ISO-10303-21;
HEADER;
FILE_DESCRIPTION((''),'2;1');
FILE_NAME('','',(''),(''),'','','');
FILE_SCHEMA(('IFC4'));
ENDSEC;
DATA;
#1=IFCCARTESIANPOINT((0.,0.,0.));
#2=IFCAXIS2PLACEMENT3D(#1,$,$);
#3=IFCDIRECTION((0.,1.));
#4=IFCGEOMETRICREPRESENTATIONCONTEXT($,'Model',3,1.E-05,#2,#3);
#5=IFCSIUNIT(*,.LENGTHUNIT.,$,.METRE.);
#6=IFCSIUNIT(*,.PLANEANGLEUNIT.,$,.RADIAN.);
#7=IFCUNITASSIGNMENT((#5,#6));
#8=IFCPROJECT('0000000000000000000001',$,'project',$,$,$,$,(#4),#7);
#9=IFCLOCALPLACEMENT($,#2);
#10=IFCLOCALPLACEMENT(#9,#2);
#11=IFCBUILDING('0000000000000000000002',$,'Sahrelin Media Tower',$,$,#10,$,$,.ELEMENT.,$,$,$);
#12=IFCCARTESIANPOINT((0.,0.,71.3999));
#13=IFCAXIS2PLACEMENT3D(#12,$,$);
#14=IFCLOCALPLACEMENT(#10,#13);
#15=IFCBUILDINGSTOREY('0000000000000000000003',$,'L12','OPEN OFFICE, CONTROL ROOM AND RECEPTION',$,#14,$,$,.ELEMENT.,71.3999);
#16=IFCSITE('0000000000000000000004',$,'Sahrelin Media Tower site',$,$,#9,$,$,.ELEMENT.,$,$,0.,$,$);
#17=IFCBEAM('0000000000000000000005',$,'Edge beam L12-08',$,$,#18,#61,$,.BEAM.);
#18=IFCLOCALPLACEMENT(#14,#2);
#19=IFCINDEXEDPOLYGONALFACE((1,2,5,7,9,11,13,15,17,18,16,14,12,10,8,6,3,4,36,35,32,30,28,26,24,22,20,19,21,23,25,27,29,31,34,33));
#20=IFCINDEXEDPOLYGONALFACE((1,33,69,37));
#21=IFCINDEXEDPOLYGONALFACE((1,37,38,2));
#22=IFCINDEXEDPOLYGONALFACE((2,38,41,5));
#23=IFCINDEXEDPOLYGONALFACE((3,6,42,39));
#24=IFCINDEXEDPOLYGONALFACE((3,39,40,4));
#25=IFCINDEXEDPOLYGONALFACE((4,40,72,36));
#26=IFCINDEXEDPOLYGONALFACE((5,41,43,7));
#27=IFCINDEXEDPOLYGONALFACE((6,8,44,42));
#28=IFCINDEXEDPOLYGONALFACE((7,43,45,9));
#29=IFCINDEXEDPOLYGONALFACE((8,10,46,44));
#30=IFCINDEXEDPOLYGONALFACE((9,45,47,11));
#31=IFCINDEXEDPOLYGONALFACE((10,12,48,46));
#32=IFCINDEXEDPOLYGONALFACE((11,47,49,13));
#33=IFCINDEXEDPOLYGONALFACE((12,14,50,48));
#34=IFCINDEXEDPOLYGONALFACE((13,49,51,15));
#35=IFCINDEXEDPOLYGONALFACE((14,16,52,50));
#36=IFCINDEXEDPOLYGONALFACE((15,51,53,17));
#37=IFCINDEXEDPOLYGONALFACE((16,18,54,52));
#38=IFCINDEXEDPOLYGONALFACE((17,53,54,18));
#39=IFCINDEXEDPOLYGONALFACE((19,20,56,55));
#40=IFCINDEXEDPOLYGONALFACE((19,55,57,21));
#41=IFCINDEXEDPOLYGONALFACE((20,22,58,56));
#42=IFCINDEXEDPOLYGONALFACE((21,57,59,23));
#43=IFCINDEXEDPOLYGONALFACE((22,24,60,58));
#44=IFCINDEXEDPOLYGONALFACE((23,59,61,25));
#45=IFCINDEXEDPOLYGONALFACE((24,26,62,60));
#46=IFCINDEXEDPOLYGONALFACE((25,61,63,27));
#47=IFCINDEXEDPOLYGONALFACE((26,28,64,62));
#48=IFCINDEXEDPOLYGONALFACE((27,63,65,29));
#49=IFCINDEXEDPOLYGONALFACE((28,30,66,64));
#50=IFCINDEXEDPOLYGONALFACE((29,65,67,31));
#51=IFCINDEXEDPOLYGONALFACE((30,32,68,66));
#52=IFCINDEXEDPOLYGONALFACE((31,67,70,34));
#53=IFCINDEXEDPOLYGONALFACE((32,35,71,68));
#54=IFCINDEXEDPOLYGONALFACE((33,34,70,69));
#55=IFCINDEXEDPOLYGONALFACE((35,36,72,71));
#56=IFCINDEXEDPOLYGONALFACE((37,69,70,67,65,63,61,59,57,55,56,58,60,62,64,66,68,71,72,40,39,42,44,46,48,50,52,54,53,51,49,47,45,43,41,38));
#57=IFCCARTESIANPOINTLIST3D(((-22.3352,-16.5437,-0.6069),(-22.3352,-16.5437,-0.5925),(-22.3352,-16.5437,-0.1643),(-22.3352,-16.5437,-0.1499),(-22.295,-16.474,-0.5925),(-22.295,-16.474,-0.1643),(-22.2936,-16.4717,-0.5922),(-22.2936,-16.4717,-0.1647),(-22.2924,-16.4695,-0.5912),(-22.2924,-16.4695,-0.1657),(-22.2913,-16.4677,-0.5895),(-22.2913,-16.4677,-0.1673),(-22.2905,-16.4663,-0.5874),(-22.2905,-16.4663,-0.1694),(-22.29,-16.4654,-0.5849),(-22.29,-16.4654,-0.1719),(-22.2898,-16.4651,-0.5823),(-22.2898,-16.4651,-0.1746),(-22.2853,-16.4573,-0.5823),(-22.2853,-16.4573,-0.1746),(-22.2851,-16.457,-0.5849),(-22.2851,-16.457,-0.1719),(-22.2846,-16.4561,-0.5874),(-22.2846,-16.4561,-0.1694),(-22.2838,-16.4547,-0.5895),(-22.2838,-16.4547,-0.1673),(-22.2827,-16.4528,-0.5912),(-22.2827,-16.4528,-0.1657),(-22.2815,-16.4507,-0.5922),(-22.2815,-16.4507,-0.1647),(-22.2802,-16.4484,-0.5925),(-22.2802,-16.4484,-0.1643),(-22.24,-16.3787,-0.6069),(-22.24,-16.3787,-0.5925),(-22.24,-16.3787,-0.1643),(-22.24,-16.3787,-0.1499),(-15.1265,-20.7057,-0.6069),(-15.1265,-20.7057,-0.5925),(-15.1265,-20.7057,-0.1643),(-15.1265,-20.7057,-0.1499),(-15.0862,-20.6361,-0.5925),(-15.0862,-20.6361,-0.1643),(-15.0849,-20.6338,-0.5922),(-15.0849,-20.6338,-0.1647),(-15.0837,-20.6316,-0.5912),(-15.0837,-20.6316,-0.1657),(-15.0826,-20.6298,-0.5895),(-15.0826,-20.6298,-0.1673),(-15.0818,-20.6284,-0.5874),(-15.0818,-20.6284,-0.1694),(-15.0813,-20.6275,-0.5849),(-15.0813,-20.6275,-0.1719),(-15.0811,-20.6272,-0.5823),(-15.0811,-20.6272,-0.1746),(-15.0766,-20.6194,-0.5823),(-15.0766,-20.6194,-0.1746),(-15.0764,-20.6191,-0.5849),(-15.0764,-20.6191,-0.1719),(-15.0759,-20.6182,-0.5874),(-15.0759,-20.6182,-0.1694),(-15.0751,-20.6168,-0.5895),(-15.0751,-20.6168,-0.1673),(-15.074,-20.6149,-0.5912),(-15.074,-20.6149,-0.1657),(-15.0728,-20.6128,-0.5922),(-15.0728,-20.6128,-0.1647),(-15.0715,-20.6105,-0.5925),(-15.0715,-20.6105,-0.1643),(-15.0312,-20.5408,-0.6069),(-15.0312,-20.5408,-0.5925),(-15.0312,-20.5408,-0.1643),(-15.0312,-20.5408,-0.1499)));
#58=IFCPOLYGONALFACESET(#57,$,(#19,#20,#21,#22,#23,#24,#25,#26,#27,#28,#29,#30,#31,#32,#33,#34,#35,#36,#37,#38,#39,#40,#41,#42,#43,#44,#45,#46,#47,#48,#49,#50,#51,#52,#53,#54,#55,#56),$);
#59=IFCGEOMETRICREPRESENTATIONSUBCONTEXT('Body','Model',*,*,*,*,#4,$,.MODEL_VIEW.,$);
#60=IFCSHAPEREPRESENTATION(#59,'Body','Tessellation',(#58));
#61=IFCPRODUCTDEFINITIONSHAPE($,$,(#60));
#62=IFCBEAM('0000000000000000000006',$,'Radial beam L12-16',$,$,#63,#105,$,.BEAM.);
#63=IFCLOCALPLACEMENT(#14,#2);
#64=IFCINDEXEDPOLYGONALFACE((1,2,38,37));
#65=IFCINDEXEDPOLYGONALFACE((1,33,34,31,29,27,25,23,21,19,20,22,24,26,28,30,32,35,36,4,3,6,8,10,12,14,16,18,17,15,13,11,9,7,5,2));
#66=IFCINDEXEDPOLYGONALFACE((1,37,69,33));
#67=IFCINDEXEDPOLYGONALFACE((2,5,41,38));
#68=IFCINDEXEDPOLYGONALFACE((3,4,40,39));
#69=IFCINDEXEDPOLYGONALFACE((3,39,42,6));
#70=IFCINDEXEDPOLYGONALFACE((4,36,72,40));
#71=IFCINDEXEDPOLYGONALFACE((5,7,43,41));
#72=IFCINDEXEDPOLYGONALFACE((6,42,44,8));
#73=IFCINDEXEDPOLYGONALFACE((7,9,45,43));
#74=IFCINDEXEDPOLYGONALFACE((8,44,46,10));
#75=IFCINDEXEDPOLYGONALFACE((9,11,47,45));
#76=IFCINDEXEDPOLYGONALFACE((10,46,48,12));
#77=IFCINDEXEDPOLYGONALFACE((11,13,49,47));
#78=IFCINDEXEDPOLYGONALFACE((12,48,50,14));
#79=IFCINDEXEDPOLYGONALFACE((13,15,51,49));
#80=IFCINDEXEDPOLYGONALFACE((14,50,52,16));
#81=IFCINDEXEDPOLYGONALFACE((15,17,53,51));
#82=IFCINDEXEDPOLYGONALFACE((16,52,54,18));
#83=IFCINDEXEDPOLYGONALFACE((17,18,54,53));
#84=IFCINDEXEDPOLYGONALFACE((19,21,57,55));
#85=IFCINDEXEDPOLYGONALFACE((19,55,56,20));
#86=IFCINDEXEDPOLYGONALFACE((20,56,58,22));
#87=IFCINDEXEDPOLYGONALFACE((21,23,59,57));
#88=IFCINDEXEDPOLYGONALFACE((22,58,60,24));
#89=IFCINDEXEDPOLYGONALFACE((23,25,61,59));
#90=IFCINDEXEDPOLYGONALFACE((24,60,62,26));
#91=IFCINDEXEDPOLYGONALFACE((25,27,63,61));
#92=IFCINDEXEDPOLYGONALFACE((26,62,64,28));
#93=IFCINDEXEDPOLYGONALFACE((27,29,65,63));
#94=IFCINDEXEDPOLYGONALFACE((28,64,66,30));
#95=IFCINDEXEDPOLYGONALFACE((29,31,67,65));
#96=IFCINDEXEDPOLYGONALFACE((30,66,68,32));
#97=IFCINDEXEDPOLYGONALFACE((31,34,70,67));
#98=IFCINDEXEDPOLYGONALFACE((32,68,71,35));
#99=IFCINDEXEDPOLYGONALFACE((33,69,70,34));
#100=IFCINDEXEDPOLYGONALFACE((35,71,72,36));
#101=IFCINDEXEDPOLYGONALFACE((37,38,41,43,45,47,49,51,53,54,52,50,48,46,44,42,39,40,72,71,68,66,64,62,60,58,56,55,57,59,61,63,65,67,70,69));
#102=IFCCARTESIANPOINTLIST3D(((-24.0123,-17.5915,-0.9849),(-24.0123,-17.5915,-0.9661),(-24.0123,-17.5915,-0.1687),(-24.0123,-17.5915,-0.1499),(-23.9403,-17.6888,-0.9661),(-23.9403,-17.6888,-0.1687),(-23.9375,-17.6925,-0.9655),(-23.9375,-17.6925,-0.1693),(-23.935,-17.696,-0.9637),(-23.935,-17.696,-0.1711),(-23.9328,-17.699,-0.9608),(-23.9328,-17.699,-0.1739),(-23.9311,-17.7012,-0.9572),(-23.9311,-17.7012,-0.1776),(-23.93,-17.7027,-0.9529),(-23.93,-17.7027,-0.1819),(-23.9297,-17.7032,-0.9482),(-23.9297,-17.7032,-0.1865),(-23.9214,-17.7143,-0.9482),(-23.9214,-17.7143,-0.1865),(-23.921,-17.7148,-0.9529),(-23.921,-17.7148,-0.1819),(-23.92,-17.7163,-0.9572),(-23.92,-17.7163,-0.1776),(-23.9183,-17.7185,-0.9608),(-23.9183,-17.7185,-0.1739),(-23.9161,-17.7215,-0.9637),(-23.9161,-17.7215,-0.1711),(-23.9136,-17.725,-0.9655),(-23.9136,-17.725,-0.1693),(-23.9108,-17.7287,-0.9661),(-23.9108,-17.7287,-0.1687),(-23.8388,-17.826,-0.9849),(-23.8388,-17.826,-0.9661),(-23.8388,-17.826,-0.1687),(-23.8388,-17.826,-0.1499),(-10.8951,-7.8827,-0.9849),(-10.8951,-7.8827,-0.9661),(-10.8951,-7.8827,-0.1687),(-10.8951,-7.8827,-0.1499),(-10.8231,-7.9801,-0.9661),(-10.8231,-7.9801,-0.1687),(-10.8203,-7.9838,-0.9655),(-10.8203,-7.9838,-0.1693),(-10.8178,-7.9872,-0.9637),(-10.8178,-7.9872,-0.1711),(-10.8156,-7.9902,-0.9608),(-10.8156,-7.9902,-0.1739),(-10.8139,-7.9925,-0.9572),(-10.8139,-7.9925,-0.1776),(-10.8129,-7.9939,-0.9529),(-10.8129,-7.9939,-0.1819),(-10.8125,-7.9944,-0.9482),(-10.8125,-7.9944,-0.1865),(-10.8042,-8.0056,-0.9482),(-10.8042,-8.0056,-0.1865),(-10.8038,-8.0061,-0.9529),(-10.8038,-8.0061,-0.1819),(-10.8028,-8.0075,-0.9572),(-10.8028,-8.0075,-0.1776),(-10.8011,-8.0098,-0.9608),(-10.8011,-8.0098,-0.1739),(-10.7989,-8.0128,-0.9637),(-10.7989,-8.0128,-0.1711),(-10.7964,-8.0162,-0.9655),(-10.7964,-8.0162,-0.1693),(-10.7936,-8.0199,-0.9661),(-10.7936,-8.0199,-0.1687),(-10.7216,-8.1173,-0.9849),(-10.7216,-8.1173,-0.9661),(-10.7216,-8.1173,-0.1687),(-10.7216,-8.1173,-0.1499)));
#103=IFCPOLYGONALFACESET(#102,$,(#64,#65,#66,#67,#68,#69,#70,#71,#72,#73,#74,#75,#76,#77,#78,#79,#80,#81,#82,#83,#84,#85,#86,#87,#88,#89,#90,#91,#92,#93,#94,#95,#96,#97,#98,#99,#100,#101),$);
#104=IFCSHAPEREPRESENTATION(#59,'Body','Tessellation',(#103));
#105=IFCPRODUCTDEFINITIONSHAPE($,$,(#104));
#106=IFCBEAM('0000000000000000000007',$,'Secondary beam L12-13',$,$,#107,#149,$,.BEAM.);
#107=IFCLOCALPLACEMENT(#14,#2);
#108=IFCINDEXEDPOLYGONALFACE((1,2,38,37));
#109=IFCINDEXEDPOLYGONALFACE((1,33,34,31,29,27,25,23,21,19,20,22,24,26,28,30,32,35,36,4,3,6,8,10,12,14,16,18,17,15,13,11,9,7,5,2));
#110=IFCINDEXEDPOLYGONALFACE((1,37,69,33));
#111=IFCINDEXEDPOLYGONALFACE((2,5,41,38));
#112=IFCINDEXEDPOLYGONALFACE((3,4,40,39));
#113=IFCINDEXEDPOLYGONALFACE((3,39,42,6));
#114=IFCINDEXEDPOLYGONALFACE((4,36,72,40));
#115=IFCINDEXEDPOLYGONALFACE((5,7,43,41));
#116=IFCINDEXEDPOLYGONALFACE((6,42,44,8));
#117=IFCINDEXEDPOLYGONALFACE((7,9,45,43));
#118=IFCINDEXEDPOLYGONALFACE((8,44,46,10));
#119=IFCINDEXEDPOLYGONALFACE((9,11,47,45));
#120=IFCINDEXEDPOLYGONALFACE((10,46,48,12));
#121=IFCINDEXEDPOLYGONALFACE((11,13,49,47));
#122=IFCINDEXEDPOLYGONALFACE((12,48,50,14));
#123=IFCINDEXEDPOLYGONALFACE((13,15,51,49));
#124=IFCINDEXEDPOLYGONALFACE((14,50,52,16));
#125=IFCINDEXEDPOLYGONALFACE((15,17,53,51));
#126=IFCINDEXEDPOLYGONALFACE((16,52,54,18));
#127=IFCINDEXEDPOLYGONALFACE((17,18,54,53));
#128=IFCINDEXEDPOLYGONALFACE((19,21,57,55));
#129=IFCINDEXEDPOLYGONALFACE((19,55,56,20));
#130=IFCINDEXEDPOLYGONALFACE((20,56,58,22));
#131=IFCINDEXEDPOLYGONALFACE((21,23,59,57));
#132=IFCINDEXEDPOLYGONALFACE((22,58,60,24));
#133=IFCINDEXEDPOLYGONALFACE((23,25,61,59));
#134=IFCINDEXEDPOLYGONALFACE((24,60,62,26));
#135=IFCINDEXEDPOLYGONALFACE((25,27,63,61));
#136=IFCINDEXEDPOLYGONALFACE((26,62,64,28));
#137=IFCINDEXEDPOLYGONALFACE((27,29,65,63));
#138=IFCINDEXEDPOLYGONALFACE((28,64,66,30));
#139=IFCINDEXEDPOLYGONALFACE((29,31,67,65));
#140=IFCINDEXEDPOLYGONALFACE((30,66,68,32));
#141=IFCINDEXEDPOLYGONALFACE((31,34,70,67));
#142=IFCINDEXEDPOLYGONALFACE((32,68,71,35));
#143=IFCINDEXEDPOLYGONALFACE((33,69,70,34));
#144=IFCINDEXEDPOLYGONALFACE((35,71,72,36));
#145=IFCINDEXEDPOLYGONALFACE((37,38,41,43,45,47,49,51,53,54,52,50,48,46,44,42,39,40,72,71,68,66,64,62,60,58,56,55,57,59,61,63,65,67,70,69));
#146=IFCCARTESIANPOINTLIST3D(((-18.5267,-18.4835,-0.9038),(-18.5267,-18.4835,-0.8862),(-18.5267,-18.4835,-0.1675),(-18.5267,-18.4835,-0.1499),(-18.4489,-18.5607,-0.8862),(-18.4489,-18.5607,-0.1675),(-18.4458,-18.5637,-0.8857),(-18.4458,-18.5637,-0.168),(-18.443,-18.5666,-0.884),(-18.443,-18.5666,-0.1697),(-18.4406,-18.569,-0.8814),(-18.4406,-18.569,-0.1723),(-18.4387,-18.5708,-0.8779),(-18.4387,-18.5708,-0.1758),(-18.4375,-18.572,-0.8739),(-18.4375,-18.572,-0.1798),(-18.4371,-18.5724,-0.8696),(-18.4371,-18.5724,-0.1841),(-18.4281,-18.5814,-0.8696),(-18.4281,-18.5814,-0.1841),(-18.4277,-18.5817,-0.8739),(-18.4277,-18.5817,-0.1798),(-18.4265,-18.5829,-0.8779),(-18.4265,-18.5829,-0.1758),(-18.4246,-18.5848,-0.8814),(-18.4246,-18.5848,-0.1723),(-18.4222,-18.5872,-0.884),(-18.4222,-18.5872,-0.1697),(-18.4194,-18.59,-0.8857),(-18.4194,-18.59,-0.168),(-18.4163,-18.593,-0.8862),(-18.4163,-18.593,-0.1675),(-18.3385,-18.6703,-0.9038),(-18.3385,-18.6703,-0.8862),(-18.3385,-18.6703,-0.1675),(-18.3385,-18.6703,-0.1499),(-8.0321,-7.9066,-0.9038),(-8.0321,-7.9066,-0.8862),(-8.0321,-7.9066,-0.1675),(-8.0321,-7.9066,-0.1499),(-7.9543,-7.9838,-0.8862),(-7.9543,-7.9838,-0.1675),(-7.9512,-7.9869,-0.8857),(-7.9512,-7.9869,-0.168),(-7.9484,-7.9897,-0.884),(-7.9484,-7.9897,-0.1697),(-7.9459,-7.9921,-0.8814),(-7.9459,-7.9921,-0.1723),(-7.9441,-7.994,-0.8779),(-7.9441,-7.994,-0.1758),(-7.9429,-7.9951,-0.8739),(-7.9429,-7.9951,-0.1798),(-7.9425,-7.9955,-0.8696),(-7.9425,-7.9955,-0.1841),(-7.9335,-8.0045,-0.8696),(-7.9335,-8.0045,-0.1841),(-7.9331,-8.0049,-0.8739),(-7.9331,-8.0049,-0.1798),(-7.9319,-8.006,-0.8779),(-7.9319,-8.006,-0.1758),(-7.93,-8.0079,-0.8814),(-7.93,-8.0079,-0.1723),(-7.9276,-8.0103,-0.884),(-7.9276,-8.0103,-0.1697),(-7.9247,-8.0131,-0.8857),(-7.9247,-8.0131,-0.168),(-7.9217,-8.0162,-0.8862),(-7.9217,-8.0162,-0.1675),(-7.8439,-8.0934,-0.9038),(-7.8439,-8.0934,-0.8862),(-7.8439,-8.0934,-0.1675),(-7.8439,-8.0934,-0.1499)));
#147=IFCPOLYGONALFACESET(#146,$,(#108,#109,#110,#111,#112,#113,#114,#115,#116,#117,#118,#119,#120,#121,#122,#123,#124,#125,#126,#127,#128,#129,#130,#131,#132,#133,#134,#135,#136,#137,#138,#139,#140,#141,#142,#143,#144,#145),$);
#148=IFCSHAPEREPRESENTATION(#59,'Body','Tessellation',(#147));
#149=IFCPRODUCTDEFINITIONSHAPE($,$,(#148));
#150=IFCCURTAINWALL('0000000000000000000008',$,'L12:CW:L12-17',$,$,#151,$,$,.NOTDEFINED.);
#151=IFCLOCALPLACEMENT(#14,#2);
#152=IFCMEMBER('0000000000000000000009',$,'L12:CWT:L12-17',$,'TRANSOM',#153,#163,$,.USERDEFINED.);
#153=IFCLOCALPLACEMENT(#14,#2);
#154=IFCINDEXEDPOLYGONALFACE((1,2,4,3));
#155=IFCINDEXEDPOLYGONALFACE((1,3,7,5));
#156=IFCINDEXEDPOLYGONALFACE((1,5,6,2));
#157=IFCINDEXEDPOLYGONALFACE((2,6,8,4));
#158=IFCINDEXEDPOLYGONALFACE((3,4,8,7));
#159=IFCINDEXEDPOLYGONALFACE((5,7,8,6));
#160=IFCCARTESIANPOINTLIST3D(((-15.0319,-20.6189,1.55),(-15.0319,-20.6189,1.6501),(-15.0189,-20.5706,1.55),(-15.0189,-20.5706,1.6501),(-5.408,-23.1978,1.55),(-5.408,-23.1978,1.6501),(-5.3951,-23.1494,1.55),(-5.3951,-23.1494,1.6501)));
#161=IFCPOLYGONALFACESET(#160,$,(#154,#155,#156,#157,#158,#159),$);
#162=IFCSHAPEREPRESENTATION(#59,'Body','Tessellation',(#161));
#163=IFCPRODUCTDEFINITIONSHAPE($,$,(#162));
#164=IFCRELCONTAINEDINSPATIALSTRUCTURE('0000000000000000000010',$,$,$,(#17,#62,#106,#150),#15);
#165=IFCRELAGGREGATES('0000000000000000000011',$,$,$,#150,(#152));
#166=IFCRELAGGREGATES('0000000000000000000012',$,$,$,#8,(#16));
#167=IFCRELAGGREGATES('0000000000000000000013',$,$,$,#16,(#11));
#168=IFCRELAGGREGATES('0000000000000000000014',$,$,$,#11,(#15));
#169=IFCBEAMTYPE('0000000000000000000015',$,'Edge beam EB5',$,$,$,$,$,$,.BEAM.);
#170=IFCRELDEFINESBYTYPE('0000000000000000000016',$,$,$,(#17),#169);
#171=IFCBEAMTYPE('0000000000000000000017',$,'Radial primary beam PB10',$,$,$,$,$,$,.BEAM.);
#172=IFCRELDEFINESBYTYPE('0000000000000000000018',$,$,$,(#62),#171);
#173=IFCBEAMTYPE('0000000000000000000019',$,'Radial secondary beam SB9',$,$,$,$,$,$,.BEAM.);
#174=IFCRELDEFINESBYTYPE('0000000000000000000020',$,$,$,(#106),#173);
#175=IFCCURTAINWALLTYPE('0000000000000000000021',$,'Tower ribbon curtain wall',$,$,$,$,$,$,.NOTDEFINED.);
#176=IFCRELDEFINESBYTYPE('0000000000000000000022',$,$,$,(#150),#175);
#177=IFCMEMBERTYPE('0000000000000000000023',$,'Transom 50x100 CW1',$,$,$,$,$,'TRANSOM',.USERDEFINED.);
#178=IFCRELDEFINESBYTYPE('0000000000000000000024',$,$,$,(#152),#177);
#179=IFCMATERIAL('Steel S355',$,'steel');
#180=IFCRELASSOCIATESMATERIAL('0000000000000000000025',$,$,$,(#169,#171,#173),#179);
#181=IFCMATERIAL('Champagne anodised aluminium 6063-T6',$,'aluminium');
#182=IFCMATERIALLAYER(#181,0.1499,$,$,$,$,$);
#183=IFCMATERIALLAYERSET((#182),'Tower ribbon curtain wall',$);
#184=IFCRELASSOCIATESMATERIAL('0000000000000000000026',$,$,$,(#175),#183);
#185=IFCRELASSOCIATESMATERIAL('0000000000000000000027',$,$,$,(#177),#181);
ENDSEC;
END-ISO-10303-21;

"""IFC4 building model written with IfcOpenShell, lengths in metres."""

from ifc_helpers import new_model, si_unit, direction, frame, origin, origin_2d, place, context, subcontext, project, spatial, rectangle, i_section, extrude, material, layer, layer_set, material_profile, profile_set, type_object, element, aggregate, save


model = new_model("IFC4")

# Units and contexts
model_context = context("Model", 3, precision=1e-05, world=origin(), true_north=direction((0.0, 1.0)))
body_context = subcontext(model_context, "Body", "Model", "MODEL_VIEW")
ifc_project = project(units=[si_unit("LENGTHUNIT", "METRE"), si_unit("PLANEANGLEUNIT", "RADIAN")], contexts=[model_context])

# Site, building, storey
site_placement = place(None, origin())
site = spatial("IfcSite", under=ifc_project, at=site_placement, Name="Sahrelin Media Tower site", CompositionType="ELEMENT", RefElevation=0.0)
building_placement = place(site_placement, origin())
building = spatial("IfcBuilding", under=site, at=building_placement, Name="Sahrelin Media Tower", CompositionType="ELEMENT")
storey_placement = place(building_placement, frame((0.0, 0.0, 71.3999)))
storey = spatial("IfcBuildingStorey", under=building, at=storey_placement, Name="L12", Description="OPEN OFFICE, CONTROL ROOM AND RECEPTION", CompositionType="ELEMENT", Elevation=71.3999)

# Beams
ifc_material_1 = material(Name="Steel S355", Category="steel")
ifc_material_profile_1 = material_profile(ifc_material_1, i_section(OverallWidth=0.1904, OverallDepth=0.457, WebThickness=0.009, FlangeThickness=0.0144, FilletRadius=0.0103, at=origin_2d()), Name="UB 457x191x74")
ifc_profile_set_1 = profile_set([ifc_material_profile_1], Name="Steel S355")
beam_type_1 = type_object("IfcBeamType", Name="Edge beam EB5", PredefinedType="BEAM", material=ifc_profile_set_1)
beam_1_placement = place(storey_placement, frame((-15.0789, -20.6233, -0.3784), z_axis=(-0.866018, 0.500013, 0.0), x_axis=(-0.500013, -0.866018, 0.0)))
element("IfcBeam", 1, at=beam_1_placement, inside=storey, type_object=beam_type_1, Name="Edge beam L12-08", PredefinedType="BEAM", context=body_context, shape_type="SweptSolid", body=[
    extrude(i_section(OverallWidth=0.1904, OverallDepth=0.457, WebThickness=0.009, FlangeThickness=0.0144, FilletRadius=0.0103, at=origin_2d()), origin(), (0.0, 0.0, 1.0), 8.324),
])
ifc_material_profile_2 = material_profile(ifc_material_1, i_section(OverallWidth=0.2917, OverallDepth=0.835, WebThickness=0.0139, FlangeThickness=0.0188, FilletRadius=0.0178, at=origin_2d()), Name="UB 838x292x176")
ifc_profile_set_2 = profile_set([ifc_material_profile_2], Name="Steel S355")
beam_type_2 = type_object("IfcBeamType", Name="Radial primary beam PB10", PredefinedType="BEAM", material=ifc_profile_set_2)
beam_2_placement = place(storey_placement, frame((-10.8083, -8.0, -0.5674), z_axis=(-0.803783, -0.594923, 0.0), x_axis=(0.594923, -0.803783, 0.0)))
element("IfcBeam", 2, at=beam_2_placement, inside=storey, type_object=beam_type_2, Name="Radial beam L12-16", PredefinedType="BEAM", context=body_context, shape_type="SweptSolid", body=[
    extrude(i_section(OverallWidth=0.2917, OverallDepth=0.835, WebThickness=0.0139, FlangeThickness=0.0188, FilletRadius=0.0178, at=origin_2d()), origin(), (0.0, 0.0, 1.0), 16.3193),
])
ifc_material_profile_3 = material_profile(ifc_material_1, i_section(OverallWidth=0.2651, OverallDepth=0.7539, WebThickness=0.0127, FlangeThickness=0.0176, FilletRadius=0.0166, at=origin_2d()), Name="UB 762x267x147")
ifc_profile_set_3 = profile_set([ifc_material_profile_3], Name="Steel S355")
beam_type_3 = type_object("IfcBeamType", Name="Radial secondary beam SB9", PredefinedType="BEAM", material=ifc_profile_set_3)
beam_3_placement = place(storey_placement, frame((-7.938, -8.0, -0.5269), z_axis=(-0.70434, -0.709862, 0.0), x_axis=(0.709862, -0.70434, 0.0)))
element("IfcBeam", 3, at=beam_3_placement, inside=storey, type_object=beam_type_3, Name="Secondary beam L12-13", PredefinedType="BEAM", context=body_context, shape_type="SweptSolid", body=[
    extrude(i_section(OverallWidth=0.2651, OverallDepth=0.7539, WebThickness=0.0127, FlangeThickness=0.0176, FilletRadius=0.0166, at=origin_2d()), origin(), (0.0, 0.0, 1.0), 14.8999),
])

# Curtain wall, member
ifc_material_2 = material(Name="Champagne anodised aluminium 6063-T6", Category="aluminium")
ifc_layer_1 = layer(ifc_material_2, 0.1499)
ifc_layer_set_1 = layer_set([ifc_layer_1], Name="Tower ribbon curtain wall")
curtain_wall_type = type_object("IfcCurtainWallType", Name="Tower ribbon curtain wall", PredefinedType="NOTDEFINED", material=ifc_layer_set_1)
curtain_wall_placement = place(storey_placement, frame((-10.2639, -22.0725, 0.0), z_axis=(0.0, 0.0, 1.0), x_axis=(1.0, 0.0, 0.0)))
curtain_wall = element("IfcCurtainWall", 4, at=curtain_wall_placement, inside=storey, type_object=curtain_wall_type, Name="L12:CW:L12-17", PredefinedType="NOTDEFINED")
ifc_material_profile_4 = material_profile(ifc_material_2, rectangle(XDim=0.05, YDim=0.1001, at=origin_2d()), Name="Transom 50x100")
ifc_profile_set_4 = profile_set([ifc_material_profile_4], Name="Champagne anodised aluminium 6063-T6")
member_type = type_object("IfcMemberType", Name="Transom 50x100 CW1", ElementType="TRANSOM", PredefinedType="USERDEFINED", material=ifc_profile_set_4)
member_placement = place(storey_placement, frame((-15.0254, -20.5947, 1.6001), z_axis=(0.965921, -0.258835, 0.0), x_axis=(0.258835, 0.965921, 0.0)))
member = element("IfcMember", 5, at=member_placement, type_object=member_type, Name="L12:CWT:L12-17", ObjectType="TRANSOM", PredefinedType="USERDEFINED", context=body_context, shape_type="SweptSolid", body=[
    extrude(rectangle(XDim=0.05, YDim=0.1001, at=origin_2d()), origin(), (0.0, 0.0, 1.0), 9.9634),
])
aggregate(curtain_wall, [member])

save(model, "model.ifc")
